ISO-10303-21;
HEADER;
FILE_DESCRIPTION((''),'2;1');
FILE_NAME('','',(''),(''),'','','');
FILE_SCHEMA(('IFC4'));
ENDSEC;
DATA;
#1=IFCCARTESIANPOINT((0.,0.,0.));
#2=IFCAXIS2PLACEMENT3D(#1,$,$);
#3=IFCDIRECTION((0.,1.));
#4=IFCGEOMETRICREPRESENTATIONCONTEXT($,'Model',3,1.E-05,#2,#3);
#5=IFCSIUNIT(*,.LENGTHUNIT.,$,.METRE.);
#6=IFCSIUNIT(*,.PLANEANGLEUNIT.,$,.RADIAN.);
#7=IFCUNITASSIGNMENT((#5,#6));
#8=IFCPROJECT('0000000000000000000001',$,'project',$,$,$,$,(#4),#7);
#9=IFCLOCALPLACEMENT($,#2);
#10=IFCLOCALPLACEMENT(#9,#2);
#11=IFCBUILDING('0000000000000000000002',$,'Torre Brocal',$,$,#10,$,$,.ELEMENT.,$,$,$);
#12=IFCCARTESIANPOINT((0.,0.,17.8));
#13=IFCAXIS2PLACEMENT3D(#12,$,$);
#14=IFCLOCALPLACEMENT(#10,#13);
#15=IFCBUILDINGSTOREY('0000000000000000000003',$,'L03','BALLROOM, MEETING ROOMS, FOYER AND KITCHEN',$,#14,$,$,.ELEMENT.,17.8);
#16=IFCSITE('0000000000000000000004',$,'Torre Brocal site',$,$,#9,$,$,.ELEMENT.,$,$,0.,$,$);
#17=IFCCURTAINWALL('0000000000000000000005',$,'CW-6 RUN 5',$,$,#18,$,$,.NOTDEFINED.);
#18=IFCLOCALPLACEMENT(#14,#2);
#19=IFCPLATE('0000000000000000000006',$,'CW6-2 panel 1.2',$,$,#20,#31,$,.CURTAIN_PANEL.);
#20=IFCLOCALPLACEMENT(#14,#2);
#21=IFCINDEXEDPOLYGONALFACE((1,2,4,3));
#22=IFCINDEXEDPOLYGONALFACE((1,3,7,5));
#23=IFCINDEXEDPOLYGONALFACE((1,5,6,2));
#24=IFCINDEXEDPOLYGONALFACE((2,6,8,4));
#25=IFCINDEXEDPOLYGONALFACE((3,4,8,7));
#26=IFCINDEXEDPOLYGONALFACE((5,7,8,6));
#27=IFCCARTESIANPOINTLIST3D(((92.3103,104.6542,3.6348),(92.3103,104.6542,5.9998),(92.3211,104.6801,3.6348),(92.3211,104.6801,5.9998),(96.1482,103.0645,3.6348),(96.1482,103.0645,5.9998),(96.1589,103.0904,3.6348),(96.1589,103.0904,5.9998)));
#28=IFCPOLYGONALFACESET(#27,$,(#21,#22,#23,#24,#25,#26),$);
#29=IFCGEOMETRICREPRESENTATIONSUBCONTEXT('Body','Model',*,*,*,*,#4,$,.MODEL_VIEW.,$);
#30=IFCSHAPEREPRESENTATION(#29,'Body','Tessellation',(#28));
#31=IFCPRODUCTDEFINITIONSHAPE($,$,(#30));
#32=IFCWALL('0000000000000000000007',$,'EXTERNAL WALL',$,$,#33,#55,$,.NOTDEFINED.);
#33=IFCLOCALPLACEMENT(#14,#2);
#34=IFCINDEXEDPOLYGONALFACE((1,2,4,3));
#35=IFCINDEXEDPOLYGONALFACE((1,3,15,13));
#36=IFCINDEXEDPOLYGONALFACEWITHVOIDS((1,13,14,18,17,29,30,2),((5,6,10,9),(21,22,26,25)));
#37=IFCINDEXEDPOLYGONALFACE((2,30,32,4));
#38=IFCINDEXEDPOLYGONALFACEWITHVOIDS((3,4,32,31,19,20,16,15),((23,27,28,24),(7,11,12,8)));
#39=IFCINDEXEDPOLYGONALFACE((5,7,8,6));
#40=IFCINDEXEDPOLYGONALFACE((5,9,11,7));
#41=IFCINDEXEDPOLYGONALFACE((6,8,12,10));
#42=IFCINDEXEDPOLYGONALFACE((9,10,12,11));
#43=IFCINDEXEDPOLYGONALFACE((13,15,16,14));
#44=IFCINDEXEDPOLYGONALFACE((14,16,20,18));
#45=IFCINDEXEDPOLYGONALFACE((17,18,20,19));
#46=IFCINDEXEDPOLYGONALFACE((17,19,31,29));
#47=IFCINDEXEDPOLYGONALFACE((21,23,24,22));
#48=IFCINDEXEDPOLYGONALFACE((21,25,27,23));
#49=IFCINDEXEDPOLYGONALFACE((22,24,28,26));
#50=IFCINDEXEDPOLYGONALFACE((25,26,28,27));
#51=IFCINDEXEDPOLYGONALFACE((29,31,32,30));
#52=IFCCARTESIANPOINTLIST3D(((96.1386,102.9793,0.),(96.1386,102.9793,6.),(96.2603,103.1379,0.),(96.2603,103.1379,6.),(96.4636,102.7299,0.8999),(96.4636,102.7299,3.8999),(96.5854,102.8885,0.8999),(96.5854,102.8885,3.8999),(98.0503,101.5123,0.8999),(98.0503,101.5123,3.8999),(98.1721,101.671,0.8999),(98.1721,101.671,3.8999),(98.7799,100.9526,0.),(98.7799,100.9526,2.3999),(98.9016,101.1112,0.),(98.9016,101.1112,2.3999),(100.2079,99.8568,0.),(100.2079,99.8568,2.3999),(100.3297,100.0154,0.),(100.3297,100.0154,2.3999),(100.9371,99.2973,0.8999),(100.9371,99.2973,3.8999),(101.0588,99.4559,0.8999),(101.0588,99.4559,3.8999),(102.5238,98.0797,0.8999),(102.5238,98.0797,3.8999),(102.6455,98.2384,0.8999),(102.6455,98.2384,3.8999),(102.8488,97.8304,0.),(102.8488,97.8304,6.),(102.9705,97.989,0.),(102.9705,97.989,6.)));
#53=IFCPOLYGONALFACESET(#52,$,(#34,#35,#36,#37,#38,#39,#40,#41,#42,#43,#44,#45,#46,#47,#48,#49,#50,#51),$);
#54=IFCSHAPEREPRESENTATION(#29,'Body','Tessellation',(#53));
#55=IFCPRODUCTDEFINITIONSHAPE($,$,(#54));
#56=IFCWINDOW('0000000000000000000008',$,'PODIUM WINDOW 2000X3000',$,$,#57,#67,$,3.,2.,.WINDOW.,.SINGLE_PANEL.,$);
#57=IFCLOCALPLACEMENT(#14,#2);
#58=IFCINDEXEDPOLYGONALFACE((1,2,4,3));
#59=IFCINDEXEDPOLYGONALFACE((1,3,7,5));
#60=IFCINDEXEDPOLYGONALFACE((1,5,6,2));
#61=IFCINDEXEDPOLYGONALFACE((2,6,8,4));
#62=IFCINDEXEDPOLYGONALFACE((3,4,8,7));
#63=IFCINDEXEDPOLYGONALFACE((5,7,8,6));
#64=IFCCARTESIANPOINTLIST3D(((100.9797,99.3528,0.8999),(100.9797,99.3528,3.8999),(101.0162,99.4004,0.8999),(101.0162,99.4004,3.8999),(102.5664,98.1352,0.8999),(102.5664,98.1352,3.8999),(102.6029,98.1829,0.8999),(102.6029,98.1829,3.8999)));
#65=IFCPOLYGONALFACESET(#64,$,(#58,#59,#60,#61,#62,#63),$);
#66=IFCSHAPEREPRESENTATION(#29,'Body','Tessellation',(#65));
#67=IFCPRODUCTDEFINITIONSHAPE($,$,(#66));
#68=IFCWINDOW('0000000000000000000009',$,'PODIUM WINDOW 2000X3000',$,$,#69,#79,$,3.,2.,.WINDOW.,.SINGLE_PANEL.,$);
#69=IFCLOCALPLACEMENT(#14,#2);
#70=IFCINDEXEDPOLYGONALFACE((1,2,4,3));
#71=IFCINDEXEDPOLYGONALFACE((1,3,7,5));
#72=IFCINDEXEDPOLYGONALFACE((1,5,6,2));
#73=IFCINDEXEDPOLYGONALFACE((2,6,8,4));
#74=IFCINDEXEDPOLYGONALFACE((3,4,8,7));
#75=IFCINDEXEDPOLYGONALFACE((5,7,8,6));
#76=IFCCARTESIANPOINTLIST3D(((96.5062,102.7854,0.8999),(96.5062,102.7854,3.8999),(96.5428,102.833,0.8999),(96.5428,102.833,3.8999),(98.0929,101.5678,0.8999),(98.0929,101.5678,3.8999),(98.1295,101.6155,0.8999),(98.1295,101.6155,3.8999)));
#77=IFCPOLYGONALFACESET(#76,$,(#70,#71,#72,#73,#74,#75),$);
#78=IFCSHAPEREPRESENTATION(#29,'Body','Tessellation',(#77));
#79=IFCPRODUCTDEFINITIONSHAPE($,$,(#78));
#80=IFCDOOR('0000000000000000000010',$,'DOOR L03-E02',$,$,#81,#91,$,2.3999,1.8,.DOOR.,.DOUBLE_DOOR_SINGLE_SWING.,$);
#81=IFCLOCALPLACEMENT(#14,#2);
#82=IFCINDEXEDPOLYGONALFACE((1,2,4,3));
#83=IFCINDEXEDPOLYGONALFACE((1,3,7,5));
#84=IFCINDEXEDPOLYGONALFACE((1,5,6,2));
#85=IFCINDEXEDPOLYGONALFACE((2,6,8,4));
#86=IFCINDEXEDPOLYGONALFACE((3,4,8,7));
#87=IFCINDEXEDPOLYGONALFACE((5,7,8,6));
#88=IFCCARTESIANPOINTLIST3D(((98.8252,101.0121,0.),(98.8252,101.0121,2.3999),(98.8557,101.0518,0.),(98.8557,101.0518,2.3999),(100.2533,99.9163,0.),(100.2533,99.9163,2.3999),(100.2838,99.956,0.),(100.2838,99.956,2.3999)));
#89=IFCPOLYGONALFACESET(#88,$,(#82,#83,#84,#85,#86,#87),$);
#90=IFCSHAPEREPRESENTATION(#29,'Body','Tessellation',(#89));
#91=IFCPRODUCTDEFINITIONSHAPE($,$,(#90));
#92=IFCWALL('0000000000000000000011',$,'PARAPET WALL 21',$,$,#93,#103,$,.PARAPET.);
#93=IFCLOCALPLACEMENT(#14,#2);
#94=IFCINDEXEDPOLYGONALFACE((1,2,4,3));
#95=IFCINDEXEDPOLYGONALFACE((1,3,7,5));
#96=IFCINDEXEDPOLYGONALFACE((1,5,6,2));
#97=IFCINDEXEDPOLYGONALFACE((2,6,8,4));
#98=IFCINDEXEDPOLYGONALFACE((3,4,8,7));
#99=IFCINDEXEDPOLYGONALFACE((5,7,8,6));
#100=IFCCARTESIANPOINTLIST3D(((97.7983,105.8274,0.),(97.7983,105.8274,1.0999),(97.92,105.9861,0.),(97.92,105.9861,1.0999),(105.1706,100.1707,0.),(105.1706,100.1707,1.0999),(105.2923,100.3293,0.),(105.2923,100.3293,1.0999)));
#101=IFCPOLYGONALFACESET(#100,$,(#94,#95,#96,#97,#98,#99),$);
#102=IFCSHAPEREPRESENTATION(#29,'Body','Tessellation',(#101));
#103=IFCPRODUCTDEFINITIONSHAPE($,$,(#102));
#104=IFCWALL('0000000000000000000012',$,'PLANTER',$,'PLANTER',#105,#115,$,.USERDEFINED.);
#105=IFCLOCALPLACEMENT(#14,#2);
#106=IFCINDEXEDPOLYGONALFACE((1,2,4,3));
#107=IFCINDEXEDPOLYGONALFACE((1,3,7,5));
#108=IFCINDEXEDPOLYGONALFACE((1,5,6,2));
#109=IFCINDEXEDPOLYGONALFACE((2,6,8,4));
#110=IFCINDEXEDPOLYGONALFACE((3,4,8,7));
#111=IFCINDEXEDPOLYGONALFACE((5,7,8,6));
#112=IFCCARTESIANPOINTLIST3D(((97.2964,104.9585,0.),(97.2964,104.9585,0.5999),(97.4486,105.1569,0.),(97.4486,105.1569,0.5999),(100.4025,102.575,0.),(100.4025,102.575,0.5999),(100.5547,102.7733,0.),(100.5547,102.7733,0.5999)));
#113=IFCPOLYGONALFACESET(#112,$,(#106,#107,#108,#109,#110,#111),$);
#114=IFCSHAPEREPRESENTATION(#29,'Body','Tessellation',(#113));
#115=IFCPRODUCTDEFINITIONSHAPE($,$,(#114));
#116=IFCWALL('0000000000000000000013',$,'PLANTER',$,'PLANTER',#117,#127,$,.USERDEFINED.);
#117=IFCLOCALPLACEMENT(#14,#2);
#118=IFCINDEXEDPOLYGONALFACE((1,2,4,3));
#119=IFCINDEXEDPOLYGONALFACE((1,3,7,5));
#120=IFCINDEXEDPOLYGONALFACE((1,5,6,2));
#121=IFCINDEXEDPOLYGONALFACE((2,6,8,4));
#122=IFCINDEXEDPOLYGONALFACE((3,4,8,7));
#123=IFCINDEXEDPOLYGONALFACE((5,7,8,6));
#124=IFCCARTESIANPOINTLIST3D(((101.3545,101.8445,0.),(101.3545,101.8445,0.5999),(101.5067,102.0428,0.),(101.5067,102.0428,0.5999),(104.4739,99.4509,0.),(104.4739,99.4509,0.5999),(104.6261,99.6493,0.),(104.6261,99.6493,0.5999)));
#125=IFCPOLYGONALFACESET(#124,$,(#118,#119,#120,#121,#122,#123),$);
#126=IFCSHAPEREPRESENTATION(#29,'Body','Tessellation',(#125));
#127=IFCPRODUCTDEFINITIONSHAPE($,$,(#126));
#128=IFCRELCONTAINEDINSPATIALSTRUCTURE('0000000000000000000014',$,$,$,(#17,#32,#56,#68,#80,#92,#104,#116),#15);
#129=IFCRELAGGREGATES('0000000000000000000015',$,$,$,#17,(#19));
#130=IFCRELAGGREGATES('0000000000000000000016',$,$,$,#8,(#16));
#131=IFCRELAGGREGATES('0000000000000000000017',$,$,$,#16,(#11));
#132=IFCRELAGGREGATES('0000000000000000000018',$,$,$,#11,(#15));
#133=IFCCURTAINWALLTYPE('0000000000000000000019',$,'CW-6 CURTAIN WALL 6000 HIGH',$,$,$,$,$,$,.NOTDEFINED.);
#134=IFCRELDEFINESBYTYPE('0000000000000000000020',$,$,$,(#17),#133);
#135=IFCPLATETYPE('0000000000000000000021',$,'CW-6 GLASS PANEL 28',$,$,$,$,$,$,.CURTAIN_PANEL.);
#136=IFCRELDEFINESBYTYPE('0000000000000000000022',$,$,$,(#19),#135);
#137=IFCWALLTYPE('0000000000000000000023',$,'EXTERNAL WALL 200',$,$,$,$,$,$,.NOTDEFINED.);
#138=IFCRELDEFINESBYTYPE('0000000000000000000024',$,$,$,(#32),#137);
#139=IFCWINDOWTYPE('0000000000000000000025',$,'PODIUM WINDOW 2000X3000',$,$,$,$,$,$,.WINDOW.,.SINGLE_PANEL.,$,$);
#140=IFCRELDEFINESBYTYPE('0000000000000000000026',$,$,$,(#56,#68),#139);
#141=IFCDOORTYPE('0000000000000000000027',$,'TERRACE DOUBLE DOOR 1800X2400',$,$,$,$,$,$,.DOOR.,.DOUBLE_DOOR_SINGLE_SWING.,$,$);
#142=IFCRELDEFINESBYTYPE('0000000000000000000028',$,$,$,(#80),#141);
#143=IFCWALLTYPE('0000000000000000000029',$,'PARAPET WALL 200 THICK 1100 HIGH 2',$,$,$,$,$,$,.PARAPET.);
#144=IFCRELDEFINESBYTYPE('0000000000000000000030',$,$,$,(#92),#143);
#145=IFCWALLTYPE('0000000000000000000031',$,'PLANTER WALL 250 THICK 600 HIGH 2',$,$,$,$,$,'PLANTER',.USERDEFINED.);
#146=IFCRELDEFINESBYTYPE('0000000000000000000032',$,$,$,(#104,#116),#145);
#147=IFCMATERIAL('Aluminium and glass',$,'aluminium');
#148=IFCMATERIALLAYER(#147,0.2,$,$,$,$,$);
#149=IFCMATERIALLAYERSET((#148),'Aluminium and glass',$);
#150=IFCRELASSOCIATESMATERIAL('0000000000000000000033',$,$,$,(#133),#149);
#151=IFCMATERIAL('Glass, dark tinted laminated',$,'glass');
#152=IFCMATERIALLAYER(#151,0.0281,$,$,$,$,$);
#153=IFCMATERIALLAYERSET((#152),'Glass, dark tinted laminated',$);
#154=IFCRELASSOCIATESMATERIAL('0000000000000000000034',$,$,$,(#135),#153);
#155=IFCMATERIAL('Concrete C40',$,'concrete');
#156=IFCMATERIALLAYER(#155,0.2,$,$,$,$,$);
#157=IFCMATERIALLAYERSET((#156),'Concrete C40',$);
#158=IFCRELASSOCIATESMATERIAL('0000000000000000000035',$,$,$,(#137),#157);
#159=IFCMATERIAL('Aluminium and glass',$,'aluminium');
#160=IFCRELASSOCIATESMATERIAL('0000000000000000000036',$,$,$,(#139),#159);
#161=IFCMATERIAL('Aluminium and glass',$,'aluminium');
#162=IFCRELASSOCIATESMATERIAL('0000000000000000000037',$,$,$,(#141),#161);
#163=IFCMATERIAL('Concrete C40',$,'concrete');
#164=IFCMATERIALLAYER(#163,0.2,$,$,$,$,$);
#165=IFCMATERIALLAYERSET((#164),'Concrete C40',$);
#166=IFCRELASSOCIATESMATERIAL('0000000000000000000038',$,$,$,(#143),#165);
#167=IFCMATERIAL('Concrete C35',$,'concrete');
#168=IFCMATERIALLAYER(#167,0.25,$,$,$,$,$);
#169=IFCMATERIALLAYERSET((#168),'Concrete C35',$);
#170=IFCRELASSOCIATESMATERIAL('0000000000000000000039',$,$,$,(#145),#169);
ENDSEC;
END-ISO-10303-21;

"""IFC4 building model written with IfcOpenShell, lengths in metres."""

from ifc_helpers import new_model, si_unit, direction, frame, frame_2d, origin, origin_2d, place, context, subcontext, project, spatial, rectangle, extrude, material, layer, layer_set, type_object, element, fill, aggregate, save


model = new_model("IFC4")

# Units and contexts
model_context = context("Model", 3, precision=1e-05, world=origin(), true_north=direction((0.0, 1.0)))
body_context = subcontext(model_context, "Body", "Model", "MODEL_VIEW")
ifc_project = project(units=[si_unit("LENGTHUNIT", "METRE"), si_unit("PLANEANGLEUNIT", "RADIAN")], contexts=[model_context])

# Site, building, storey
site_placement = place(None, origin())
site = spatial("IfcSite", under=ifc_project, at=site_placement, Name="Torre Brocal site", CompositionType="ELEMENT", RefElevation=0.0)
building_placement = place(site_placement, origin())
building = spatial("IfcBuilding", under=site, at=building_placement, Name="Torre Brocal", CompositionType="ELEMENT")
storey_placement = place(building_placement, frame((0.0, 0.0, 17.8)))
storey = spatial("IfcBuildingStorey", under=building, at=storey_placement, Name="L03", Description="BALLROOM, MEETING ROOMS, FOYER AND KITCHEN", CompositionType="ELEMENT", Elevation=17.8)

# Shared definitions
ifc_material_1 = material(Name="Aluminium and glass", Category="aluminium")
ifc_layer_1 = layer(ifc_material_1, 0.2)
ifc_layer_set_1 = layer_set([ifc_layer_1], Name="Aluminium and glass")
curtain_wall_type = type_object("IfcCurtainWallType", Name="CW-6 CURTAIN WALL 6000 HIGH", PredefinedType="NOTDEFINED", material=ifc_layer_set_1)

# Curtain wall
curtain_wall_1_placement = place(storey_placement, origin())
curtain_wall_1 = element("IfcCurtainWall", 1, at=curtain_wall_1_placement, inside=storey, type_object=curtain_wall_type, Name="CW-6 RUN 5", PredefinedType="NOTDEFINED")

# Plate
ifc_material_2 = material(Name="Glass, dark tinted laminated", Category="glass")
ifc_layer_2 = layer(ifc_material_2, 0.0281)
ifc_layer_set_2 = layer_set([ifc_layer_2], Name="Glass, dark tinted laminated")
plate_type = type_object("IfcPlateType", Name="CW-6 GLASS PANEL 28", PredefinedType="CURTAIN_PANEL", material=ifc_layer_set_2)
plate_1_placement = place(storey_placement, frame((94.2346, 103.8723, 3.6348), z_axis=(0.0, 0.0, 1.0), x_axis=(-0.92388, 0.382683, 0.0)))
plate_1 = element("IfcPlate", 2, at=plate_1_placement, type_object=plate_type, Name="CW6-2 panel 1.2", PredefinedType="CURTAIN_PANEL", context=body_context, shape_type="SweptSolid", body=[
    extrude(rectangle(XDim=4.1541, YDim=0.0281, at=origin_2d()), origin(), (0.0, 0.0, 1.0), 2.365),
])
aggregate(curtain_wall_1, [plate_1])

# Wall, openings, windows, door
ifc_material_3 = material(Name="Concrete C40", Category="concrete")
ifc_layer_3 = layer(ifc_material_3, 0.2)
ifc_layer_set_3 = layer_set([ifc_layer_3], Name="Concrete C40")
wall_type_1 = type_object("IfcWallType", Name="EXTERNAL WALL 200", PredefinedType="NOTDEFINED", material=ifc_layer_set_3)
wall_1_placement = place(storey_placement, frame((102.9097, 97.9097, 0.0), z_axis=(0.0, 0.0, 1.0), x_axis=(-0.793353, 0.608762, 0.0)))
wall_1 = element("IfcWall", 3, at=wall_1_placement, inside=storey, type_object=wall_type_1, Name="EXTERNAL WALL", PredefinedType="NOTDEFINED", context=body_context, shape_type="SweptSolid", body=[
    extrude(rectangle(XDim=8.458, YDim=0.2, at=frame_2d((4.229, 0.0))), origin(), (0.0, 0.0, 1.0), 6.0),
])
opening_1_placement = place(wall_1_placement, frame((0.4097, 0.0, 0.8999)))
opening_1 = element("IfcOpeningElement", 4, at=opening_1_placement, cuts=wall_1, PredefinedType="OPENING", context=body_context, shape_type="SweptSolid", body=[
    extrude(rectangle(XDim=2.0, YDim=3.0, at=frame_2d((1.0, 1.5))), frame((0.0, 0.1099, 0.0), z_axis=(0.0, -1.0, 0.0), x_axis=(1.0, 0.0, 0.0)), (0.0, 0.0, 1.0), 0.22),
])
opening_2_placement = place(wall_1_placement, frame((3.3289, 0.0, 0.0)))
opening_2 = element("IfcOpeningElement", 5, at=opening_2_placement, cuts=wall_1, PredefinedType="OPENING", context=body_context, shape_type="SweptSolid", body=[
    extrude(rectangle(XDim=1.8, YDim=2.3999, at=frame_2d((0.8999, 1.2))), frame((0.0, 0.1099, 0.0), z_axis=(0.0, -1.0, 0.0), x_axis=(1.0, 0.0, 0.0)), (0.0, 0.0, 1.0), 0.22),
])
opening_3_placement = place(wall_1_placement, frame((6.0483, 0.0, 0.8999)))
opening_3 = element("IfcOpeningElement", 6, at=opening_3_placement, cuts=wall_1, PredefinedType="OPENING", context=body_context, shape_type="SweptSolid", body=[
    extrude(rectangle(XDim=2.0, YDim=3.0, at=frame_2d((1.0, 1.5))), frame((0.0, 0.1099, 0.0), z_axis=(0.0, -1.0, 0.0), x_axis=(1.0, 0.0, 0.0)), (0.0, 0.0, 1.0), 0.22),
])
ifc_material_4 = material(Name="Aluminium and glass", Category="aluminium")
window_type = type_object("IfcWindowType", Name="PODIUM WINDOW 2000X3000", PartitioningType="SINGLE_PANEL", PredefinedType="WINDOW", material=ifc_material_4)
window_1_placement = place(opening_1_placement, origin())
window_1 = element("IfcWindow", 7, at=window_1_placement, inside=storey, type_object=window_type, Name="PODIUM WINDOW 2000X3000", OverallHeight=3.0, OverallWidth=2.0, PartitioningType="SINGLE_PANEL", PredefinedType="WINDOW", context=body_context, shape_type="SweptSolid", body=[
    extrude(rectangle(XDim=2.0, YDim=3.0, at=frame_2d((1.0, 1.5))), frame((0.0, 0.03, 0.0), z_axis=(0.0, -1.0, 0.0), x_axis=(1.0, 0.0, 0.0)), (0.0, 0.0, 1.0), 0.0601),
])
fill(opening_1, window_1)
window_2_placement = place(opening_3_placement, origin())
window_2 = element("IfcWindow", 8, at=window_2_placement, inside=storey, type_object=window_type, Name="PODIUM WINDOW 2000X3000", OverallHeight=3.0, OverallWidth=2.0, PartitioningType="SINGLE_PANEL", PredefinedType="WINDOW", context=body_context, shape_type="SweptSolid", body=[
    extrude(rectangle(XDim=2.0, YDim=3.0, at=frame_2d((1.0, 1.5))), frame((0.0, 0.03, 0.0), z_axis=(0.0, -1.0, 0.0), x_axis=(1.0, 0.0, 0.0)), (0.0, 0.0, 1.0), 0.0601),
])
fill(opening_3, window_2)
ifc_material_5 = material(Name="Aluminium and glass", Category="aluminium")
door_type = type_object("IfcDoorType", Name="TERRACE DOUBLE DOOR 1800X2400", OperationType="DOUBLE_DOOR_SINGLE_SWING", PredefinedType="DOOR", material=ifc_material_5)
door_placement = place(opening_2_placement, frame((1.8, 0.0, 0.0), z_axis=(0.0, 0.0, 1.0), x_axis=(-1.0, 0.0, 0.0)))
door = element("IfcDoor", 9, at=door_placement, inside=storey, type_object=door_type, Name="DOOR L03-E02", OperationType="DOUBLE_DOOR_SINGLE_SWING", OverallHeight=2.3999, OverallWidth=1.8, PredefinedType="DOOR", context=body_context, shape_type="SweptSolid", body=[
    extrude(rectangle(XDim=1.8, YDim=2.3999, at=frame_2d((0.8999, 1.2))), frame((0.0, 0.0249, 0.0), z_axis=(0.0, -1.0, 0.0), x_axis=(1.0, 0.0, 0.0)), (0.0, 0.0, 1.0), 0.05),
])
fill(opening_2, door)

# Walls
ifc_material_6 = material(Name="Concrete C40", Category="concrete")
ifc_layer_4 = layer(ifc_material_6, 0.2)
ifc_layer_set_4 = layer_set([ifc_layer_4], Name="Concrete C40")
wall_type_2 = type_object("IfcWallType", Name="PARAPET WALL 200 THICK 1100 HIGH 2", PredefinedType="PARAPET", material=ifc_layer_set_4)
wall_2_placement = place(storey_placement, frame((97.8591, 105.9067, 0.0), z_axis=(0.0, 0.0, 1.0), x_axis=(0.793366, -0.608745, 0.0)))
element("IfcWall", 10, at=wall_2_placement, inside=storey, type_object=wall_type_2, Name="PARAPET WALL 21", PredefinedType="PARAPET", context=body_context, shape_type="SweptSolid", body=[
    extrude(rectangle(XDim=9.2925, YDim=0.2, at=frame_2d((4.6462, 0.0))), origin(), (0.0, 0.0, 1.0), 1.0999),
])
ifc_material_7 = material(Name="Concrete C35", Category="concrete")
ifc_layer_5 = layer(ifc_material_7, 0.25)
ifc_layer_set_5 = layer_set([ifc_layer_5], Name="Concrete C35")
wall_type_3 = type_object("IfcWallType", Name="PLANTER WALL 250 THICK 600 HIGH 2", ElementType="PLANTER", PredefinedType="USERDEFINED", material=ifc_layer_set_5)
wall_3_placement = place(storey_placement, frame((97.3726, 105.0576, 0.0), z_axis=(0.0, 0.0, 1.0), x_axis=(0.793344, -0.608773, 0.0)))
element("IfcWall", 11, at=wall_3_placement, inside=storey, type_object=wall_type_3, Name="PLANTER", ObjectType="PLANTER", PredefinedType="USERDEFINED", context=body_context, shape_type="SweptSolid", body=[
    extrude(rectangle(XDim=3.9153, YDim=0.25, at=frame_2d((1.9575, 0.0))), origin(), (0.0, 0.0, 1.0), 0.5999),
])
wall_4_placement = place(storey_placement, frame((101.4307, 101.9436, 0.0), z_axis=(0.0, 0.0, 1.0), x_axis=(0.793357, -0.608756, 0.0)))
element("IfcWall", 12, at=wall_4_placement, inside=storey, type_object=wall_type_3, Name="PLANTER", ObjectType="PLANTER", PredefinedType="USERDEFINED", context=body_context, shape_type="SweptSolid", body=[
    extrude(rectangle(XDim=3.9319, YDim=0.25, at=frame_2d((1.9658, 0.0))), origin(), (0.0, 0.0, 1.0), 0.5999),
])

save(model, "model.ifc")
